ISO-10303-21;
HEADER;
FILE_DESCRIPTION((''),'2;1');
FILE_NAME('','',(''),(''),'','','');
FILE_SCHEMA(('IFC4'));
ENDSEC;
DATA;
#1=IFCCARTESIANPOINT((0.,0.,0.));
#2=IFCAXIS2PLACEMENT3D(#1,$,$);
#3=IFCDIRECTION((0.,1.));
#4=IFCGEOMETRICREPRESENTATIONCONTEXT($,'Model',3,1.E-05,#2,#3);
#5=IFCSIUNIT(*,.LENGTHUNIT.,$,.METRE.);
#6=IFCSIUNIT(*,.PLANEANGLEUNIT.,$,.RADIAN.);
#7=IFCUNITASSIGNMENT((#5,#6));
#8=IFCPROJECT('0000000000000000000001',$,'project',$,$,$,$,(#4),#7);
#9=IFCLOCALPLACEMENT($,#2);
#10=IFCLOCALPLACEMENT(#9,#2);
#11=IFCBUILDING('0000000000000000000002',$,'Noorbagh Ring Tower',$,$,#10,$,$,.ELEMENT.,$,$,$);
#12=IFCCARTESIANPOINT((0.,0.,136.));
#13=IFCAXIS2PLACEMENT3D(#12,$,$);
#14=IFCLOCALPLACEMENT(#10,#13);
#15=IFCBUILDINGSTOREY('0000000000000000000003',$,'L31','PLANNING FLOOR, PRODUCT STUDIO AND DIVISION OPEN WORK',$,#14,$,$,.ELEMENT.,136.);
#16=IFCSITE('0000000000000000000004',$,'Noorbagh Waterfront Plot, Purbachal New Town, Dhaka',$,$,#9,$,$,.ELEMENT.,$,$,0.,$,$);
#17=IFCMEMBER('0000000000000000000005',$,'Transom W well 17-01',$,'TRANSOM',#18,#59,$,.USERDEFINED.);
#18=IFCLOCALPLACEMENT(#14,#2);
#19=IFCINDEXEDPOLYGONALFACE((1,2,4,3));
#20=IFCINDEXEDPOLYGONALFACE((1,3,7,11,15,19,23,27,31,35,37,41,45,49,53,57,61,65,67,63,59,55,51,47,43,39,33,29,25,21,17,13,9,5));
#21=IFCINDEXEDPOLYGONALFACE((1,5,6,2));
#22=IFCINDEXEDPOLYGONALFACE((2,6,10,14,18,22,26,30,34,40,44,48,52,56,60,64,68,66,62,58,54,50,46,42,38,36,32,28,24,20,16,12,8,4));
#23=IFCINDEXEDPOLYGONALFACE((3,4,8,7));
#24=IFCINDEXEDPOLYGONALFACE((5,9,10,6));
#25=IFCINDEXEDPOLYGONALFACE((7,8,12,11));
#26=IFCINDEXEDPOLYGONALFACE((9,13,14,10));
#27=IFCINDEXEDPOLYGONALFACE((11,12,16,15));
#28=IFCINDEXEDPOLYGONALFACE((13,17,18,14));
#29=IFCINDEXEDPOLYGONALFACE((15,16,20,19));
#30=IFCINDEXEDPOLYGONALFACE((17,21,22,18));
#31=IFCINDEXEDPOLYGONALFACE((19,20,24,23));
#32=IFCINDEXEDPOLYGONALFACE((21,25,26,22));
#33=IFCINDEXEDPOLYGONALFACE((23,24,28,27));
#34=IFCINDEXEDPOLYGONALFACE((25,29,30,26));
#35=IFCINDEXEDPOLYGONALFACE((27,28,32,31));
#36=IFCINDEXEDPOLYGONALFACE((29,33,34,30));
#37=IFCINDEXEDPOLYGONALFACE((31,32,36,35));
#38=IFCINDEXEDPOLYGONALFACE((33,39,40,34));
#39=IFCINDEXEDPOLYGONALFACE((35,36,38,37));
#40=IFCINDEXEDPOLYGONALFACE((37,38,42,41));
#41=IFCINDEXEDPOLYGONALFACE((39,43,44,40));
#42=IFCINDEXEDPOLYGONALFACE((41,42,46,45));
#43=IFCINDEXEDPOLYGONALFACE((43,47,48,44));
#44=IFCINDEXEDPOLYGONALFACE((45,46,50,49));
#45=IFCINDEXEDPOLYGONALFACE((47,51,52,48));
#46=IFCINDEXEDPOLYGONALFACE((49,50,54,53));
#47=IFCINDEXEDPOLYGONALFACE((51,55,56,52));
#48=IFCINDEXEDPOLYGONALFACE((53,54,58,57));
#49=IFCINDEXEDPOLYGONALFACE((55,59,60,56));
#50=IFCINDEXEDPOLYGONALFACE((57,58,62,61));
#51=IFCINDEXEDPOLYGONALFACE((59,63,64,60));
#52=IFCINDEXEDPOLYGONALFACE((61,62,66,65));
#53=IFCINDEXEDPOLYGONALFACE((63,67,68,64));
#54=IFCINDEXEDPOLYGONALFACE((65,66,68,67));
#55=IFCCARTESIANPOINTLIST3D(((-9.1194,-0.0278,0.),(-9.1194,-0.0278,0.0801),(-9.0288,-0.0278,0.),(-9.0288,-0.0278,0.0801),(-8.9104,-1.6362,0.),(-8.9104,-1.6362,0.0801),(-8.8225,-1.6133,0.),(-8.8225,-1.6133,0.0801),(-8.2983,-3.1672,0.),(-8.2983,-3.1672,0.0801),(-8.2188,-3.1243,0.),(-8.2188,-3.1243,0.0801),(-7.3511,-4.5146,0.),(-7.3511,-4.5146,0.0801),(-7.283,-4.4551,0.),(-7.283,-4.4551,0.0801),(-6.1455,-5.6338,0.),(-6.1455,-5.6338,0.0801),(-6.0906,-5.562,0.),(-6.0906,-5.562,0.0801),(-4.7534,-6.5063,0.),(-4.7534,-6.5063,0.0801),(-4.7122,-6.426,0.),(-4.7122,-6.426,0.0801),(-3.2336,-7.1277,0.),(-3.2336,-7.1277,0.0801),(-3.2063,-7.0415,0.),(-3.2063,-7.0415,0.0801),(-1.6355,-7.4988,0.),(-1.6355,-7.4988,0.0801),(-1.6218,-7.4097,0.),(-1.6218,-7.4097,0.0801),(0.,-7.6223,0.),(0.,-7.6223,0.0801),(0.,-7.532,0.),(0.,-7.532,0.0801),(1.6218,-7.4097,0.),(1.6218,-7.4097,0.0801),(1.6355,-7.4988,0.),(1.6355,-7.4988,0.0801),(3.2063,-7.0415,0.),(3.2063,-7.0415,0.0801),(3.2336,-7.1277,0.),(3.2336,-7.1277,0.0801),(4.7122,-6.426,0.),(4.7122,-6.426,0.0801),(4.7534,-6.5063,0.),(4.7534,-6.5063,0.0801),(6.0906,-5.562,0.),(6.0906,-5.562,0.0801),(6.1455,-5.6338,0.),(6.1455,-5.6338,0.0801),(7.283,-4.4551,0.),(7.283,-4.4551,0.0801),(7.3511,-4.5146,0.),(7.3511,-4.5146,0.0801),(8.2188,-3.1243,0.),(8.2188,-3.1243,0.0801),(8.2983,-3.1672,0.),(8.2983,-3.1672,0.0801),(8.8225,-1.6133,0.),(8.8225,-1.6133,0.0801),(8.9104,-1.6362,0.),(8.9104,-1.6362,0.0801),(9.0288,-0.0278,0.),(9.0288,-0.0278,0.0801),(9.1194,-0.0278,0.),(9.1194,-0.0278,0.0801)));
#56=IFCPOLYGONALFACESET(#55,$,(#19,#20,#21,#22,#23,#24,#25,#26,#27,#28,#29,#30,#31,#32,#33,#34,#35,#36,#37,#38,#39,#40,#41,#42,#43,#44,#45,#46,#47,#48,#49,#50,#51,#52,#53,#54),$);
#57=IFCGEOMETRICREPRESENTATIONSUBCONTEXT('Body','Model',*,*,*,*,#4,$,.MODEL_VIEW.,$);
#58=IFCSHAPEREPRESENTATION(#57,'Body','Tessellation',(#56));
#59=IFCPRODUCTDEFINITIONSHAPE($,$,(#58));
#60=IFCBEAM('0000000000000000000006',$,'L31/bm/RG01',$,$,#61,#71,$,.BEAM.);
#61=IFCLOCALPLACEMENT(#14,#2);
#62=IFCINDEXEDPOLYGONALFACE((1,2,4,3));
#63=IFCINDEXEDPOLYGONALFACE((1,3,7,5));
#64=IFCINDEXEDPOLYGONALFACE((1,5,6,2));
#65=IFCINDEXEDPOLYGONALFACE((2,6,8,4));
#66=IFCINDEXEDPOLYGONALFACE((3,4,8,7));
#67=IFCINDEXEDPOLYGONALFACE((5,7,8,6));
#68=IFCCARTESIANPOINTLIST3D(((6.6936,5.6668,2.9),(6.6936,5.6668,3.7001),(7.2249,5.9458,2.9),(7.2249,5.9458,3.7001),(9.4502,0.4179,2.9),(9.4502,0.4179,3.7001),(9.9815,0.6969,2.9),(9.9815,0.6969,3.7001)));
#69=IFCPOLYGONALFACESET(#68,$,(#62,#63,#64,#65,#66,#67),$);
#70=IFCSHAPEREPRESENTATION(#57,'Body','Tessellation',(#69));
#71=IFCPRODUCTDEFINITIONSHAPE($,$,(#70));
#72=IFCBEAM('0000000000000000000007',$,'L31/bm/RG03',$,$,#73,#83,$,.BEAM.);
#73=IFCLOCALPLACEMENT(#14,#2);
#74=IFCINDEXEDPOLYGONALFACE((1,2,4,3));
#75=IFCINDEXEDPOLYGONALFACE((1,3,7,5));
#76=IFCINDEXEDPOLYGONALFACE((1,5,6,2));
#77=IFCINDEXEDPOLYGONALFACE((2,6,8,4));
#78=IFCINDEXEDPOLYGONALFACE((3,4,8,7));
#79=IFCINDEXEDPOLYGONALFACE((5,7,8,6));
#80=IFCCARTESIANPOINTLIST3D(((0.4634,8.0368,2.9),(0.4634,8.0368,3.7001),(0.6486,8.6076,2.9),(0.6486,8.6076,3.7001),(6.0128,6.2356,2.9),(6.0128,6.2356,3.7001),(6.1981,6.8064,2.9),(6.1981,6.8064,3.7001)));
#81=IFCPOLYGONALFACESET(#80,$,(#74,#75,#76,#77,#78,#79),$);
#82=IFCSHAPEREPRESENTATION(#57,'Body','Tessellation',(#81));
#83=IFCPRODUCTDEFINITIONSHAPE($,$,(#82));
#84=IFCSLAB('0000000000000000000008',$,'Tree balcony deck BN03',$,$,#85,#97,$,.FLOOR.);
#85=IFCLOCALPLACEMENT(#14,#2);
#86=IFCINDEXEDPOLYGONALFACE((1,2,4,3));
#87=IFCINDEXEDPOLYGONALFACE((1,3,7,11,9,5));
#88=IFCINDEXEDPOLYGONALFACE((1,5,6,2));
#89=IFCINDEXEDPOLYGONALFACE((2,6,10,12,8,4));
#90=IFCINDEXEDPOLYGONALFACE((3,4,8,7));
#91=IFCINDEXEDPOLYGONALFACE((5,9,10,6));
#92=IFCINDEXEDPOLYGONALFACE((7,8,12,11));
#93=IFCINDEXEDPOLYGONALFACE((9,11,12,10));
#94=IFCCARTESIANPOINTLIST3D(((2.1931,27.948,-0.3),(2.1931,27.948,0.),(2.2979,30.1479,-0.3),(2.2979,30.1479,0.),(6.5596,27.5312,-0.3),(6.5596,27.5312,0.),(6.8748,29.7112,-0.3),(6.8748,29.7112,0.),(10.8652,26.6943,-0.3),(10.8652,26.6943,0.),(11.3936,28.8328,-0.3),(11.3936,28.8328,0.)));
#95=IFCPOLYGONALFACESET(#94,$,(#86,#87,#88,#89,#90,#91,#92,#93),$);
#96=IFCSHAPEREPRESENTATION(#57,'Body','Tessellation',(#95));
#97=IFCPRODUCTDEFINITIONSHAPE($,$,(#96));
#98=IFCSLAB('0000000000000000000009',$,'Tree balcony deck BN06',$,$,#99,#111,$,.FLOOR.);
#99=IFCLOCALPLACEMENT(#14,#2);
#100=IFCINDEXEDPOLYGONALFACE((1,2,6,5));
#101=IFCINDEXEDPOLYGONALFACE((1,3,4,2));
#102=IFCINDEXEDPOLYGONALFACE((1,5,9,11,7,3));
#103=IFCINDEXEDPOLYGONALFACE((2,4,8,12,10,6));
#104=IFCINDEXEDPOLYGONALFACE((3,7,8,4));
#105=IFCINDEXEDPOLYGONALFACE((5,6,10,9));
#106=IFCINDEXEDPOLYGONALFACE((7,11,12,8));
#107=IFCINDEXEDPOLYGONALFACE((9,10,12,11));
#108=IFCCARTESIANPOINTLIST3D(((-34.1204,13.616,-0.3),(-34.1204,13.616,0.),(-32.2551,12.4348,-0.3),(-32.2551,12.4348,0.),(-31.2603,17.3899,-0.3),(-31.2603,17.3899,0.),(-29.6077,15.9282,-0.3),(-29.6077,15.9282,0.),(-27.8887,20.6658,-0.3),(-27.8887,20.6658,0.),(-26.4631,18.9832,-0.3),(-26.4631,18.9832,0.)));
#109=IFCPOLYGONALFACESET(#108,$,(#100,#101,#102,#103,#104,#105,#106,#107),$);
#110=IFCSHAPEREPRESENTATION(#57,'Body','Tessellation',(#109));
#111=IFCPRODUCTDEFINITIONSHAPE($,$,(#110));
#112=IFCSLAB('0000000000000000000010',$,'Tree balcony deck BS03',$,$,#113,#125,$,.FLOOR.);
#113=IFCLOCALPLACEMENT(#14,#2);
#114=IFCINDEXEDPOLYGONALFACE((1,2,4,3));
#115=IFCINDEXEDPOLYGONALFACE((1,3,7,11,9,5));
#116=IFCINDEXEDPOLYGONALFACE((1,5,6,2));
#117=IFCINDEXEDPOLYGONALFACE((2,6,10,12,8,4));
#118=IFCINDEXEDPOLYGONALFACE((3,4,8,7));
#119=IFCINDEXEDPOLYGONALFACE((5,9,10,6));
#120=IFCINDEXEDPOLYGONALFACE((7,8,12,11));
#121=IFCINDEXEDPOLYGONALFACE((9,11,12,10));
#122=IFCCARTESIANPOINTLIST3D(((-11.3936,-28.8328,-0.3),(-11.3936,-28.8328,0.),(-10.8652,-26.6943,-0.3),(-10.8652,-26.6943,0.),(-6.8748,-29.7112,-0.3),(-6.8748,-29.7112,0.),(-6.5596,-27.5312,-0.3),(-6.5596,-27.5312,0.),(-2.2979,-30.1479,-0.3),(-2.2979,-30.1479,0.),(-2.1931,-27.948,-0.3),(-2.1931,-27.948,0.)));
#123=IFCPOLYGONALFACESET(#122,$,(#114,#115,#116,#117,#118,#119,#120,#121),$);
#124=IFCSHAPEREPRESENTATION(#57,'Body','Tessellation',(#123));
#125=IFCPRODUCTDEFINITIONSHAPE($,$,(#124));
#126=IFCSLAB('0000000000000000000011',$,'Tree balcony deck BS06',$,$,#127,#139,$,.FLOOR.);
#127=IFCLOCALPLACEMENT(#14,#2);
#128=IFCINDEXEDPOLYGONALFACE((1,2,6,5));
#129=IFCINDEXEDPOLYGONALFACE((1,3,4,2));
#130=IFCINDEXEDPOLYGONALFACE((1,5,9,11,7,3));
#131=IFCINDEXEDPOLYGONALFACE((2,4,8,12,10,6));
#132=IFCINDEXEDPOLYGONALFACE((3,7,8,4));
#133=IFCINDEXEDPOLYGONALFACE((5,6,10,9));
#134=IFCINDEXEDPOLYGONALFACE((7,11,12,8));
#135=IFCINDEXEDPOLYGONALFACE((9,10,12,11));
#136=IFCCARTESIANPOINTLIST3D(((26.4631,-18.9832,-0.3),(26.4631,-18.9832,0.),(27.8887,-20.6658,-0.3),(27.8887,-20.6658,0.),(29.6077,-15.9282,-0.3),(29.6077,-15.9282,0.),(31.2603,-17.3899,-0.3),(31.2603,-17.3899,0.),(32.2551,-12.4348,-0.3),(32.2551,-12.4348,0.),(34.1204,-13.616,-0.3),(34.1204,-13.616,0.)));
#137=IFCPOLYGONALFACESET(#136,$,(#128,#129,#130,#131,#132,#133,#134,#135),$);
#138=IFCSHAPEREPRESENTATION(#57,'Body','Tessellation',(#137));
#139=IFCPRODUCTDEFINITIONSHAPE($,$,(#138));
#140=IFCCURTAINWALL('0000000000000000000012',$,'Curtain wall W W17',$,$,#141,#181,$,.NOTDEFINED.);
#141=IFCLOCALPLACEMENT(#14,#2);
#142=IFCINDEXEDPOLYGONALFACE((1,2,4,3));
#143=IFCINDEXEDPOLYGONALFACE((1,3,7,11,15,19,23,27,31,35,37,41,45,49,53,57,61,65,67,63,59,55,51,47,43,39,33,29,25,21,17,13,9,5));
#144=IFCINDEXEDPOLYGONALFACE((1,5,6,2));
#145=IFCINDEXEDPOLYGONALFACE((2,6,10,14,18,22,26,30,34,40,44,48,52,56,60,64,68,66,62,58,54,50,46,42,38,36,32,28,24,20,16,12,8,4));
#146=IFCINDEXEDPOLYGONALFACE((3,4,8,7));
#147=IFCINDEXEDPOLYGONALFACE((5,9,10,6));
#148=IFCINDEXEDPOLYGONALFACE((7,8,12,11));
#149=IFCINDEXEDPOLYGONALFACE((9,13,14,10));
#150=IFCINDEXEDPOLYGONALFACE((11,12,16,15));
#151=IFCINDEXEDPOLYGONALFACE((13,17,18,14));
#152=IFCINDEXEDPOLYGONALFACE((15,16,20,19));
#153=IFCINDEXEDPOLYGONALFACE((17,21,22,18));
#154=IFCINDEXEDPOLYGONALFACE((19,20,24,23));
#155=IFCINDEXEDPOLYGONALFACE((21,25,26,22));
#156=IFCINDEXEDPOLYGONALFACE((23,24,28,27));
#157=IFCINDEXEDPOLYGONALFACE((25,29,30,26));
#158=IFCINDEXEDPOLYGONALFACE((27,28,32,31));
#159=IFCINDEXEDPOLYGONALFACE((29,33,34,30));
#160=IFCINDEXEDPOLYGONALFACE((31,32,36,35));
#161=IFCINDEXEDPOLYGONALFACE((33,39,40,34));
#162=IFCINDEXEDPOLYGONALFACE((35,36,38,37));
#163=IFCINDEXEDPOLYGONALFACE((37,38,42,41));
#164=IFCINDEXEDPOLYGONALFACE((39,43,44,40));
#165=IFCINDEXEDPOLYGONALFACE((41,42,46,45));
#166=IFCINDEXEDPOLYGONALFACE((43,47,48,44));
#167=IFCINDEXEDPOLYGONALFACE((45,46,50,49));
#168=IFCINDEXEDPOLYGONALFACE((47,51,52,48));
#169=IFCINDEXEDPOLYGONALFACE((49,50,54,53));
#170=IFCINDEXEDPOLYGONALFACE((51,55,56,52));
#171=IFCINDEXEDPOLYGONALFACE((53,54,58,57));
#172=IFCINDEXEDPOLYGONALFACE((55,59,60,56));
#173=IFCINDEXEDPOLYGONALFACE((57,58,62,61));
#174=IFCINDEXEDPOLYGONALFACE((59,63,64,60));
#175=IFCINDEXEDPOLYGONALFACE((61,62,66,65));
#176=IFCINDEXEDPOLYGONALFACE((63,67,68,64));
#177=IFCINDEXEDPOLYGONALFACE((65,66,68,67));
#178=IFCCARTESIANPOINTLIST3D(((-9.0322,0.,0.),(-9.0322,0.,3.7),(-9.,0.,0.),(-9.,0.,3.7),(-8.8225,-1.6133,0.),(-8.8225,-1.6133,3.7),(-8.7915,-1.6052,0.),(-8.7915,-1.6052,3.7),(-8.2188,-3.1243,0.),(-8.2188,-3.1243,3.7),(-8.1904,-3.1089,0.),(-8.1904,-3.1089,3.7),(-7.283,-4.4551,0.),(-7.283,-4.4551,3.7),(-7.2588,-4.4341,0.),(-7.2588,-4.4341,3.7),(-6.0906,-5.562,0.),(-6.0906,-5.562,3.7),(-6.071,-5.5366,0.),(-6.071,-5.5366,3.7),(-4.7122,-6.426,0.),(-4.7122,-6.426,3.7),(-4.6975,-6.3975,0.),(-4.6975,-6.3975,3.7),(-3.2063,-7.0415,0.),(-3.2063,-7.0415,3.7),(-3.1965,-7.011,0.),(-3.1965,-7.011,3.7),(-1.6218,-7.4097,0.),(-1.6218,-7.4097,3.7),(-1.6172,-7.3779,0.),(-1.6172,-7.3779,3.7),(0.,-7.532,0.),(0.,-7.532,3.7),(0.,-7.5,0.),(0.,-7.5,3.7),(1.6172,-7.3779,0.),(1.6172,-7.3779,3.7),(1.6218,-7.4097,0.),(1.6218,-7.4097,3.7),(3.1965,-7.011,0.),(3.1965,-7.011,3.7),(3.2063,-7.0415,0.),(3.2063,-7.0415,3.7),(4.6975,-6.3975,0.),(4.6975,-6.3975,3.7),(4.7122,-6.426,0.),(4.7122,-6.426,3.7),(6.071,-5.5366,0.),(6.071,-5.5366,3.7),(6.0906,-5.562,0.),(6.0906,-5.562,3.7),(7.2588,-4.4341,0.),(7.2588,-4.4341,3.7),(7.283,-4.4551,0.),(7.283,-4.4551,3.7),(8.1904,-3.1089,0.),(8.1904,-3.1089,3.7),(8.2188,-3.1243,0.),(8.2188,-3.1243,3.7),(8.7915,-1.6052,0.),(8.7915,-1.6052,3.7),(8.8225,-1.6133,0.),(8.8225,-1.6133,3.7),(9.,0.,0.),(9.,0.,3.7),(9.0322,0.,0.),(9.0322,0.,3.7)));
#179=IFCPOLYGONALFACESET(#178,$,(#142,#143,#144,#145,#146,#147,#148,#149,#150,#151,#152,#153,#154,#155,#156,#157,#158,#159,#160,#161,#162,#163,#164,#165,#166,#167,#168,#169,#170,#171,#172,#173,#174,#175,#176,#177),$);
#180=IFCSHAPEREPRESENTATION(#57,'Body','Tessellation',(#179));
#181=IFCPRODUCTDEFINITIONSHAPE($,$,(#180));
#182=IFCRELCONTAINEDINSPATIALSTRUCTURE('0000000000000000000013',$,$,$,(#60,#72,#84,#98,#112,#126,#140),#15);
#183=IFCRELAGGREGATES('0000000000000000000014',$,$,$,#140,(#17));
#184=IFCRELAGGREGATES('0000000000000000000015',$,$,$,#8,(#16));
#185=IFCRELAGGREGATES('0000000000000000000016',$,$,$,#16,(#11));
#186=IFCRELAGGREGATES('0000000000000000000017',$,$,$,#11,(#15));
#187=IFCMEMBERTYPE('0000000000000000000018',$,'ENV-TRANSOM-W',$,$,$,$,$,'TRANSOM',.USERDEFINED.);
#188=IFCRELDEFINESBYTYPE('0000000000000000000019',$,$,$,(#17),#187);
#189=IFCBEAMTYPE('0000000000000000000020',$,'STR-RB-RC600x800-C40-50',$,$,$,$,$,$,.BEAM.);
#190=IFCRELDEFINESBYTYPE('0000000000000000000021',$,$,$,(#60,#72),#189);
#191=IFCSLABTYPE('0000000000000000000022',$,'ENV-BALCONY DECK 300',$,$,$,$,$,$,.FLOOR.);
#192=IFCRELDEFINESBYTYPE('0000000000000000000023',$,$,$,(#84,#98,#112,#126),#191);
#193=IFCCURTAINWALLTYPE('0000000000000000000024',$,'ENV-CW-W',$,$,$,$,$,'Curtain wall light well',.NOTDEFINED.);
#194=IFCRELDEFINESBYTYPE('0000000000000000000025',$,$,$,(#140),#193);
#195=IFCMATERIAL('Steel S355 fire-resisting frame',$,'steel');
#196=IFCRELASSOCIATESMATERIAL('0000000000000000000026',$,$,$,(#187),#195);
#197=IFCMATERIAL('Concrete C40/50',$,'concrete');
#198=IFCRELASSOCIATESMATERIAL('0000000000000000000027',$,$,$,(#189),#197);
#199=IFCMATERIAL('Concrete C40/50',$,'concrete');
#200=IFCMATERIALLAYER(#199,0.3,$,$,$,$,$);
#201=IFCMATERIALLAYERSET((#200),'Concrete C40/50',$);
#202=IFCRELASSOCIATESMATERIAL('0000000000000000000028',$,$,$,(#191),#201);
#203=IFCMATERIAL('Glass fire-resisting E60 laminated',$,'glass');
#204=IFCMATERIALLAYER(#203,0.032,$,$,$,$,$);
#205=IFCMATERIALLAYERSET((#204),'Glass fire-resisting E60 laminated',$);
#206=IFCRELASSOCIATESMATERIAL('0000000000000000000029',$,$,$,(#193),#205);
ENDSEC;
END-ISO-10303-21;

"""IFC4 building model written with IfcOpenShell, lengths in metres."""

from ifc_helpers import new_model, si_unit, direction, frame, origin, origin_2d, place, context, subcontext, project, spatial, polyline, rectangle, outline, extrude, material, layer, layer_set, material_profile, profile_set, type_object, element, aggregate, save


model = new_model("IFC4")

# Units and contexts
model_context = context("Model", 3, precision=1e-05, world=origin(), true_north=direction((0.0, 1.0)))
body_context = subcontext(model_context, "Body", "Model", "MODEL_VIEW")
ifc_project = project(units=[si_unit("LENGTHUNIT", "METRE"), si_unit("PLANEANGLEUNIT", "RADIAN")], contexts=[model_context])

# Site, building, storey
site_placement = place(None, origin())
site = spatial("IfcSite", under=ifc_project, at=site_placement, Name="Noorbagh Waterfront Plot, Purbachal New Town, Dhaka", CompositionType="ELEMENT", RefElevation=0.0)
building_placement = place(site_placement, origin())
building = spatial("IfcBuilding", under=site, at=building_placement, Name="Noorbagh Ring Tower", CompositionType="ELEMENT")
storey_placement = place(building_placement, frame((0.0, 0.0, 136.0)))
storey = spatial("IfcBuildingStorey", under=building, at=storey_placement, Name="L31", Description="PLANNING FLOOR, PRODUCT STUDIO AND DIVISION OPEN WORK", CompositionType="ELEMENT", Elevation=136.0)

# Member
ifc_material_1 = material(Name="Steel S355 fire-resisting frame", Category="steel")
member_type_1 = type_object("IfcMemberType", Name="ENV-TRANSOM-W", ElementType="TRANSOM", PredefinedType="USERDEFINED", material=ifc_material_1)
member_1_placement = place(storey_placement, origin())
member_1 = element("IfcMember", 1, at=member_1_placement, type_object=member_type_1, Name="Transom W well 17-01", ObjectType="TRANSOM", PredefinedType="USERDEFINED", context=body_context, shape_type="SweptSolid", body=[
    extrude(outline(polyline([(-9.1194, -0.0278), (-8.9104, -1.6362), (-8.2983, -3.1672), (-7.3511, -4.5146), (-6.1455, -5.6338), (-4.7534, -6.5063), (-3.2336, -7.1277), (-1.6355, -7.4988), (0.0, -7.6223), (1.6355, -7.4988), (3.2336, -7.1277), (4.7534, -6.5063), (6.1455, -5.6338), (7.3511, -4.5146), (8.2983, -3.1672), (8.9104, -1.6362), (9.1194, -0.0278), (9.0288, -0.0278), (8.8225, -1.6133), (8.2188, -3.1243), (7.283, -4.4551), (6.0906, -5.562), (4.7122, -6.426), (3.2063, -7.0415), (1.6218, -7.4097), (0.0, -7.532), (-1.6218, -7.4097), (-3.2063, -7.0415), (-4.7122, -6.426), (-6.0906, -5.562), (-7.283, -4.4551), (-8.2188, -3.1243), (-8.8225, -1.6133), (-9.0288, -0.0278), (-9.1194, -0.0278)])), origin(), (0.0, 0.0, 1.0), 0.0801),
])

# Beams
ifc_material_2 = material(Name="Concrete C40/50", Category="concrete")
ifc_material_profile_1 = material_profile(ifc_material_2, rectangle(XDim=0.6001, YDim=0.8, at=origin_2d()), Name="RC600x800")
ifc_profile_set_1 = profile_set([ifc_material_profile_1], Name="Concrete C40/50")
beam_type = type_object("IfcBeamType", Name="STR-RB-RC600x800-C40-50", PredefinedType="BEAM", material=ifc_profile_set_1)
beam_1_placement = place(storey_placement, frame((9.7158, 0.5574, 3.3), z_axis=(-0.464947, 0.885339, 0.0), x_axis=(-0.885339, -0.464947, 0.0)))
element("IfcBeam", 2, at=beam_1_placement, inside=storey, type_object=beam_type, Name="L31/bm/RG01", PredefinedType="BEAM", context=body_context, shape_type="SweptSolid", body=[
    extrude(rectangle(XDim=0.6001, YDim=0.8, at=origin_2d()), origin(), (0.0, 0.0, 1.0), 5.9287),
])
beam_2_placement = place(storey_placement, frame((6.1055, 6.521, 3.3), z_axis=(-0.951152, 0.308724, 0.0), x_axis=(-0.308724, -0.951152, 0.0)))
element("IfcBeam", 3, at=beam_2_placement, inside=storey, type_object=beam_type, Name="L31/bm/RG03", PredefinedType="BEAM", context=body_context, shape_type="SweptSolid", body=[
    extrude(rectangle(XDim=0.6001, YDim=0.8, at=origin_2d()), origin(), (0.0, 0.0, 1.0), 5.8345),
])

# Slabs
ifc_material_3 = material(Name="Concrete C40/50", Category="concrete")
ifc_layer_1 = layer(ifc_material_3, 0.3)
ifc_layer_set_1 = layer_set([ifc_layer_1], Name="Concrete C40/50")
slab_type = type_object("IfcSlabType", Name="ENV-BALCONY DECK 300", PredefinedType="FLOOR", material=ifc_layer_set_1)
slab_1_placement = place(storey_placement, frame((0.0, 0.0, -0.3)))
element("IfcSlab", 4, at=slab_1_placement, inside=storey, type_object=slab_type, Name="Tree balcony deck BN03", PredefinedType="FLOOR", context=body_context, shape_type="SweptSolid", body=[
    extrude(outline(polyline([(11.3936, 28.8328), (6.8748, 29.7112), (2.2979, 30.1479), (2.1931, 27.948), (6.5596, 27.5312), (10.8652, 26.6943), (11.3936, 28.8328)])), origin(), (0.0, 0.0, 1.0), 0.3),
])
slab_2_placement = place(storey_placement, frame((0.0, 0.0, -0.3)))
element("IfcSlab", 5, at=slab_2_placement, inside=storey, type_object=slab_type, Name="Tree balcony deck BN06", PredefinedType="FLOOR", context=body_context, shape_type="SweptSolid", body=[
    extrude(outline(polyline([(-27.8887, 20.6658), (-31.2603, 17.3899), (-34.1204, 13.616), (-32.2551, 12.4348), (-29.6077, 15.9282), (-26.4631, 18.9832), (-27.8887, 20.6658)])), origin(), (0.0, 0.0, 1.0), 0.3),
])
slab_3_placement = place(storey_placement, frame((0.0, 0.0, -0.3)))
element("IfcSlab", 6, at=slab_3_placement, inside=storey, type_object=slab_type, Name="Tree balcony deck BS03", PredefinedType="FLOOR", context=body_context, shape_type="SweptSolid", body=[
    extrude(outline(polyline([(-11.3936, -28.8328), (-6.8748, -29.7112), (-2.2979, -30.1479), (-2.1931, -27.948), (-6.5596, -27.5312), (-10.8652, -26.6943), (-11.3936, -28.8328)])), origin(), (0.0, 0.0, 1.0), 0.3),
])
slab_4_placement = place(storey_placement, frame((0.0, 0.0, -0.3)))
element("IfcSlab", 7, at=slab_4_placement, inside=storey, type_object=slab_type, Name="Tree balcony deck BS06", PredefinedType="FLOOR", context=body_context, shape_type="SweptSolid", body=[
    extrude(outline(polyline([(27.8887, -20.6658), (31.2603, -17.3899), (34.1204, -13.616), (32.2551, -12.4348), (29.6077, -15.9282), (26.4631, -18.9832), (27.8887, -20.6658)])), origin(), (0.0, 0.0, 1.0), 0.3),
])

# Curtain wall
ifc_material_4 = material(Name="Glass fire-resisting E60 laminated", Category="glass")
ifc_layer_2 = layer(ifc_material_4, 0.032)
ifc_layer_set_2 = layer_set([ifc_layer_2], Name="Glass fire-resisting E60 laminated")
curtain_wall_type_1 = type_object("IfcCurtainWallType", Name="ENV-CW-W", ElementType="Curtain wall light well", PredefinedType="NOTDEFINED", material=ifc_layer_set_2)
curtain_wall_1_placement = place(storey_placement, origin())
curtain_wall_1 = element("IfcCurtainWall", 8, at=curtain_wall_1_placement, inside=storey, type_object=curtain_wall_type_1, Name="Curtain wall W W17", PredefinedType="NOTDEFINED", context=body_context, shape_type="SweptSolid", body=[
    extrude(outline(polyline([(-9.0322, 0.0), (-8.8225, -1.6133), (-8.2188, -3.1243), (-7.283, -4.4551), (-6.0906, -5.562), (-4.7122, -6.426), (-3.2063, -7.0415), (-1.6218, -7.4097), (0.0, -7.532), (1.6218, -7.4097), (3.2063, -7.0415), (4.7122, -6.426), (6.0906, -5.562), (7.283, -4.4551), (8.2188, -3.1243), (8.8225, -1.6133), (9.0322, 0.0), (9.0, 0.0), (8.7915, -1.6052), (8.1904, -3.1089), (7.2588, -4.4341), (6.071, -5.5366), (4.6975, -6.3975), (3.1965, -7.011), (1.6172, -7.3779), (0.0, -7.5), (-1.6172, -7.3779), (-3.1965, -7.011), (-4.6975, -6.3975), (-6.071, -5.5366), (-7.2588, -4.4341), (-8.1904, -3.1089), (-8.7915, -1.6052), (-9.0, 0.0), (-9.0322, 0.0)])), origin(), (0.0, 0.0, 1.0), 3.7),
])
aggregate(curtain_wall_1, [member_1])

save(model, "model.ifc")
